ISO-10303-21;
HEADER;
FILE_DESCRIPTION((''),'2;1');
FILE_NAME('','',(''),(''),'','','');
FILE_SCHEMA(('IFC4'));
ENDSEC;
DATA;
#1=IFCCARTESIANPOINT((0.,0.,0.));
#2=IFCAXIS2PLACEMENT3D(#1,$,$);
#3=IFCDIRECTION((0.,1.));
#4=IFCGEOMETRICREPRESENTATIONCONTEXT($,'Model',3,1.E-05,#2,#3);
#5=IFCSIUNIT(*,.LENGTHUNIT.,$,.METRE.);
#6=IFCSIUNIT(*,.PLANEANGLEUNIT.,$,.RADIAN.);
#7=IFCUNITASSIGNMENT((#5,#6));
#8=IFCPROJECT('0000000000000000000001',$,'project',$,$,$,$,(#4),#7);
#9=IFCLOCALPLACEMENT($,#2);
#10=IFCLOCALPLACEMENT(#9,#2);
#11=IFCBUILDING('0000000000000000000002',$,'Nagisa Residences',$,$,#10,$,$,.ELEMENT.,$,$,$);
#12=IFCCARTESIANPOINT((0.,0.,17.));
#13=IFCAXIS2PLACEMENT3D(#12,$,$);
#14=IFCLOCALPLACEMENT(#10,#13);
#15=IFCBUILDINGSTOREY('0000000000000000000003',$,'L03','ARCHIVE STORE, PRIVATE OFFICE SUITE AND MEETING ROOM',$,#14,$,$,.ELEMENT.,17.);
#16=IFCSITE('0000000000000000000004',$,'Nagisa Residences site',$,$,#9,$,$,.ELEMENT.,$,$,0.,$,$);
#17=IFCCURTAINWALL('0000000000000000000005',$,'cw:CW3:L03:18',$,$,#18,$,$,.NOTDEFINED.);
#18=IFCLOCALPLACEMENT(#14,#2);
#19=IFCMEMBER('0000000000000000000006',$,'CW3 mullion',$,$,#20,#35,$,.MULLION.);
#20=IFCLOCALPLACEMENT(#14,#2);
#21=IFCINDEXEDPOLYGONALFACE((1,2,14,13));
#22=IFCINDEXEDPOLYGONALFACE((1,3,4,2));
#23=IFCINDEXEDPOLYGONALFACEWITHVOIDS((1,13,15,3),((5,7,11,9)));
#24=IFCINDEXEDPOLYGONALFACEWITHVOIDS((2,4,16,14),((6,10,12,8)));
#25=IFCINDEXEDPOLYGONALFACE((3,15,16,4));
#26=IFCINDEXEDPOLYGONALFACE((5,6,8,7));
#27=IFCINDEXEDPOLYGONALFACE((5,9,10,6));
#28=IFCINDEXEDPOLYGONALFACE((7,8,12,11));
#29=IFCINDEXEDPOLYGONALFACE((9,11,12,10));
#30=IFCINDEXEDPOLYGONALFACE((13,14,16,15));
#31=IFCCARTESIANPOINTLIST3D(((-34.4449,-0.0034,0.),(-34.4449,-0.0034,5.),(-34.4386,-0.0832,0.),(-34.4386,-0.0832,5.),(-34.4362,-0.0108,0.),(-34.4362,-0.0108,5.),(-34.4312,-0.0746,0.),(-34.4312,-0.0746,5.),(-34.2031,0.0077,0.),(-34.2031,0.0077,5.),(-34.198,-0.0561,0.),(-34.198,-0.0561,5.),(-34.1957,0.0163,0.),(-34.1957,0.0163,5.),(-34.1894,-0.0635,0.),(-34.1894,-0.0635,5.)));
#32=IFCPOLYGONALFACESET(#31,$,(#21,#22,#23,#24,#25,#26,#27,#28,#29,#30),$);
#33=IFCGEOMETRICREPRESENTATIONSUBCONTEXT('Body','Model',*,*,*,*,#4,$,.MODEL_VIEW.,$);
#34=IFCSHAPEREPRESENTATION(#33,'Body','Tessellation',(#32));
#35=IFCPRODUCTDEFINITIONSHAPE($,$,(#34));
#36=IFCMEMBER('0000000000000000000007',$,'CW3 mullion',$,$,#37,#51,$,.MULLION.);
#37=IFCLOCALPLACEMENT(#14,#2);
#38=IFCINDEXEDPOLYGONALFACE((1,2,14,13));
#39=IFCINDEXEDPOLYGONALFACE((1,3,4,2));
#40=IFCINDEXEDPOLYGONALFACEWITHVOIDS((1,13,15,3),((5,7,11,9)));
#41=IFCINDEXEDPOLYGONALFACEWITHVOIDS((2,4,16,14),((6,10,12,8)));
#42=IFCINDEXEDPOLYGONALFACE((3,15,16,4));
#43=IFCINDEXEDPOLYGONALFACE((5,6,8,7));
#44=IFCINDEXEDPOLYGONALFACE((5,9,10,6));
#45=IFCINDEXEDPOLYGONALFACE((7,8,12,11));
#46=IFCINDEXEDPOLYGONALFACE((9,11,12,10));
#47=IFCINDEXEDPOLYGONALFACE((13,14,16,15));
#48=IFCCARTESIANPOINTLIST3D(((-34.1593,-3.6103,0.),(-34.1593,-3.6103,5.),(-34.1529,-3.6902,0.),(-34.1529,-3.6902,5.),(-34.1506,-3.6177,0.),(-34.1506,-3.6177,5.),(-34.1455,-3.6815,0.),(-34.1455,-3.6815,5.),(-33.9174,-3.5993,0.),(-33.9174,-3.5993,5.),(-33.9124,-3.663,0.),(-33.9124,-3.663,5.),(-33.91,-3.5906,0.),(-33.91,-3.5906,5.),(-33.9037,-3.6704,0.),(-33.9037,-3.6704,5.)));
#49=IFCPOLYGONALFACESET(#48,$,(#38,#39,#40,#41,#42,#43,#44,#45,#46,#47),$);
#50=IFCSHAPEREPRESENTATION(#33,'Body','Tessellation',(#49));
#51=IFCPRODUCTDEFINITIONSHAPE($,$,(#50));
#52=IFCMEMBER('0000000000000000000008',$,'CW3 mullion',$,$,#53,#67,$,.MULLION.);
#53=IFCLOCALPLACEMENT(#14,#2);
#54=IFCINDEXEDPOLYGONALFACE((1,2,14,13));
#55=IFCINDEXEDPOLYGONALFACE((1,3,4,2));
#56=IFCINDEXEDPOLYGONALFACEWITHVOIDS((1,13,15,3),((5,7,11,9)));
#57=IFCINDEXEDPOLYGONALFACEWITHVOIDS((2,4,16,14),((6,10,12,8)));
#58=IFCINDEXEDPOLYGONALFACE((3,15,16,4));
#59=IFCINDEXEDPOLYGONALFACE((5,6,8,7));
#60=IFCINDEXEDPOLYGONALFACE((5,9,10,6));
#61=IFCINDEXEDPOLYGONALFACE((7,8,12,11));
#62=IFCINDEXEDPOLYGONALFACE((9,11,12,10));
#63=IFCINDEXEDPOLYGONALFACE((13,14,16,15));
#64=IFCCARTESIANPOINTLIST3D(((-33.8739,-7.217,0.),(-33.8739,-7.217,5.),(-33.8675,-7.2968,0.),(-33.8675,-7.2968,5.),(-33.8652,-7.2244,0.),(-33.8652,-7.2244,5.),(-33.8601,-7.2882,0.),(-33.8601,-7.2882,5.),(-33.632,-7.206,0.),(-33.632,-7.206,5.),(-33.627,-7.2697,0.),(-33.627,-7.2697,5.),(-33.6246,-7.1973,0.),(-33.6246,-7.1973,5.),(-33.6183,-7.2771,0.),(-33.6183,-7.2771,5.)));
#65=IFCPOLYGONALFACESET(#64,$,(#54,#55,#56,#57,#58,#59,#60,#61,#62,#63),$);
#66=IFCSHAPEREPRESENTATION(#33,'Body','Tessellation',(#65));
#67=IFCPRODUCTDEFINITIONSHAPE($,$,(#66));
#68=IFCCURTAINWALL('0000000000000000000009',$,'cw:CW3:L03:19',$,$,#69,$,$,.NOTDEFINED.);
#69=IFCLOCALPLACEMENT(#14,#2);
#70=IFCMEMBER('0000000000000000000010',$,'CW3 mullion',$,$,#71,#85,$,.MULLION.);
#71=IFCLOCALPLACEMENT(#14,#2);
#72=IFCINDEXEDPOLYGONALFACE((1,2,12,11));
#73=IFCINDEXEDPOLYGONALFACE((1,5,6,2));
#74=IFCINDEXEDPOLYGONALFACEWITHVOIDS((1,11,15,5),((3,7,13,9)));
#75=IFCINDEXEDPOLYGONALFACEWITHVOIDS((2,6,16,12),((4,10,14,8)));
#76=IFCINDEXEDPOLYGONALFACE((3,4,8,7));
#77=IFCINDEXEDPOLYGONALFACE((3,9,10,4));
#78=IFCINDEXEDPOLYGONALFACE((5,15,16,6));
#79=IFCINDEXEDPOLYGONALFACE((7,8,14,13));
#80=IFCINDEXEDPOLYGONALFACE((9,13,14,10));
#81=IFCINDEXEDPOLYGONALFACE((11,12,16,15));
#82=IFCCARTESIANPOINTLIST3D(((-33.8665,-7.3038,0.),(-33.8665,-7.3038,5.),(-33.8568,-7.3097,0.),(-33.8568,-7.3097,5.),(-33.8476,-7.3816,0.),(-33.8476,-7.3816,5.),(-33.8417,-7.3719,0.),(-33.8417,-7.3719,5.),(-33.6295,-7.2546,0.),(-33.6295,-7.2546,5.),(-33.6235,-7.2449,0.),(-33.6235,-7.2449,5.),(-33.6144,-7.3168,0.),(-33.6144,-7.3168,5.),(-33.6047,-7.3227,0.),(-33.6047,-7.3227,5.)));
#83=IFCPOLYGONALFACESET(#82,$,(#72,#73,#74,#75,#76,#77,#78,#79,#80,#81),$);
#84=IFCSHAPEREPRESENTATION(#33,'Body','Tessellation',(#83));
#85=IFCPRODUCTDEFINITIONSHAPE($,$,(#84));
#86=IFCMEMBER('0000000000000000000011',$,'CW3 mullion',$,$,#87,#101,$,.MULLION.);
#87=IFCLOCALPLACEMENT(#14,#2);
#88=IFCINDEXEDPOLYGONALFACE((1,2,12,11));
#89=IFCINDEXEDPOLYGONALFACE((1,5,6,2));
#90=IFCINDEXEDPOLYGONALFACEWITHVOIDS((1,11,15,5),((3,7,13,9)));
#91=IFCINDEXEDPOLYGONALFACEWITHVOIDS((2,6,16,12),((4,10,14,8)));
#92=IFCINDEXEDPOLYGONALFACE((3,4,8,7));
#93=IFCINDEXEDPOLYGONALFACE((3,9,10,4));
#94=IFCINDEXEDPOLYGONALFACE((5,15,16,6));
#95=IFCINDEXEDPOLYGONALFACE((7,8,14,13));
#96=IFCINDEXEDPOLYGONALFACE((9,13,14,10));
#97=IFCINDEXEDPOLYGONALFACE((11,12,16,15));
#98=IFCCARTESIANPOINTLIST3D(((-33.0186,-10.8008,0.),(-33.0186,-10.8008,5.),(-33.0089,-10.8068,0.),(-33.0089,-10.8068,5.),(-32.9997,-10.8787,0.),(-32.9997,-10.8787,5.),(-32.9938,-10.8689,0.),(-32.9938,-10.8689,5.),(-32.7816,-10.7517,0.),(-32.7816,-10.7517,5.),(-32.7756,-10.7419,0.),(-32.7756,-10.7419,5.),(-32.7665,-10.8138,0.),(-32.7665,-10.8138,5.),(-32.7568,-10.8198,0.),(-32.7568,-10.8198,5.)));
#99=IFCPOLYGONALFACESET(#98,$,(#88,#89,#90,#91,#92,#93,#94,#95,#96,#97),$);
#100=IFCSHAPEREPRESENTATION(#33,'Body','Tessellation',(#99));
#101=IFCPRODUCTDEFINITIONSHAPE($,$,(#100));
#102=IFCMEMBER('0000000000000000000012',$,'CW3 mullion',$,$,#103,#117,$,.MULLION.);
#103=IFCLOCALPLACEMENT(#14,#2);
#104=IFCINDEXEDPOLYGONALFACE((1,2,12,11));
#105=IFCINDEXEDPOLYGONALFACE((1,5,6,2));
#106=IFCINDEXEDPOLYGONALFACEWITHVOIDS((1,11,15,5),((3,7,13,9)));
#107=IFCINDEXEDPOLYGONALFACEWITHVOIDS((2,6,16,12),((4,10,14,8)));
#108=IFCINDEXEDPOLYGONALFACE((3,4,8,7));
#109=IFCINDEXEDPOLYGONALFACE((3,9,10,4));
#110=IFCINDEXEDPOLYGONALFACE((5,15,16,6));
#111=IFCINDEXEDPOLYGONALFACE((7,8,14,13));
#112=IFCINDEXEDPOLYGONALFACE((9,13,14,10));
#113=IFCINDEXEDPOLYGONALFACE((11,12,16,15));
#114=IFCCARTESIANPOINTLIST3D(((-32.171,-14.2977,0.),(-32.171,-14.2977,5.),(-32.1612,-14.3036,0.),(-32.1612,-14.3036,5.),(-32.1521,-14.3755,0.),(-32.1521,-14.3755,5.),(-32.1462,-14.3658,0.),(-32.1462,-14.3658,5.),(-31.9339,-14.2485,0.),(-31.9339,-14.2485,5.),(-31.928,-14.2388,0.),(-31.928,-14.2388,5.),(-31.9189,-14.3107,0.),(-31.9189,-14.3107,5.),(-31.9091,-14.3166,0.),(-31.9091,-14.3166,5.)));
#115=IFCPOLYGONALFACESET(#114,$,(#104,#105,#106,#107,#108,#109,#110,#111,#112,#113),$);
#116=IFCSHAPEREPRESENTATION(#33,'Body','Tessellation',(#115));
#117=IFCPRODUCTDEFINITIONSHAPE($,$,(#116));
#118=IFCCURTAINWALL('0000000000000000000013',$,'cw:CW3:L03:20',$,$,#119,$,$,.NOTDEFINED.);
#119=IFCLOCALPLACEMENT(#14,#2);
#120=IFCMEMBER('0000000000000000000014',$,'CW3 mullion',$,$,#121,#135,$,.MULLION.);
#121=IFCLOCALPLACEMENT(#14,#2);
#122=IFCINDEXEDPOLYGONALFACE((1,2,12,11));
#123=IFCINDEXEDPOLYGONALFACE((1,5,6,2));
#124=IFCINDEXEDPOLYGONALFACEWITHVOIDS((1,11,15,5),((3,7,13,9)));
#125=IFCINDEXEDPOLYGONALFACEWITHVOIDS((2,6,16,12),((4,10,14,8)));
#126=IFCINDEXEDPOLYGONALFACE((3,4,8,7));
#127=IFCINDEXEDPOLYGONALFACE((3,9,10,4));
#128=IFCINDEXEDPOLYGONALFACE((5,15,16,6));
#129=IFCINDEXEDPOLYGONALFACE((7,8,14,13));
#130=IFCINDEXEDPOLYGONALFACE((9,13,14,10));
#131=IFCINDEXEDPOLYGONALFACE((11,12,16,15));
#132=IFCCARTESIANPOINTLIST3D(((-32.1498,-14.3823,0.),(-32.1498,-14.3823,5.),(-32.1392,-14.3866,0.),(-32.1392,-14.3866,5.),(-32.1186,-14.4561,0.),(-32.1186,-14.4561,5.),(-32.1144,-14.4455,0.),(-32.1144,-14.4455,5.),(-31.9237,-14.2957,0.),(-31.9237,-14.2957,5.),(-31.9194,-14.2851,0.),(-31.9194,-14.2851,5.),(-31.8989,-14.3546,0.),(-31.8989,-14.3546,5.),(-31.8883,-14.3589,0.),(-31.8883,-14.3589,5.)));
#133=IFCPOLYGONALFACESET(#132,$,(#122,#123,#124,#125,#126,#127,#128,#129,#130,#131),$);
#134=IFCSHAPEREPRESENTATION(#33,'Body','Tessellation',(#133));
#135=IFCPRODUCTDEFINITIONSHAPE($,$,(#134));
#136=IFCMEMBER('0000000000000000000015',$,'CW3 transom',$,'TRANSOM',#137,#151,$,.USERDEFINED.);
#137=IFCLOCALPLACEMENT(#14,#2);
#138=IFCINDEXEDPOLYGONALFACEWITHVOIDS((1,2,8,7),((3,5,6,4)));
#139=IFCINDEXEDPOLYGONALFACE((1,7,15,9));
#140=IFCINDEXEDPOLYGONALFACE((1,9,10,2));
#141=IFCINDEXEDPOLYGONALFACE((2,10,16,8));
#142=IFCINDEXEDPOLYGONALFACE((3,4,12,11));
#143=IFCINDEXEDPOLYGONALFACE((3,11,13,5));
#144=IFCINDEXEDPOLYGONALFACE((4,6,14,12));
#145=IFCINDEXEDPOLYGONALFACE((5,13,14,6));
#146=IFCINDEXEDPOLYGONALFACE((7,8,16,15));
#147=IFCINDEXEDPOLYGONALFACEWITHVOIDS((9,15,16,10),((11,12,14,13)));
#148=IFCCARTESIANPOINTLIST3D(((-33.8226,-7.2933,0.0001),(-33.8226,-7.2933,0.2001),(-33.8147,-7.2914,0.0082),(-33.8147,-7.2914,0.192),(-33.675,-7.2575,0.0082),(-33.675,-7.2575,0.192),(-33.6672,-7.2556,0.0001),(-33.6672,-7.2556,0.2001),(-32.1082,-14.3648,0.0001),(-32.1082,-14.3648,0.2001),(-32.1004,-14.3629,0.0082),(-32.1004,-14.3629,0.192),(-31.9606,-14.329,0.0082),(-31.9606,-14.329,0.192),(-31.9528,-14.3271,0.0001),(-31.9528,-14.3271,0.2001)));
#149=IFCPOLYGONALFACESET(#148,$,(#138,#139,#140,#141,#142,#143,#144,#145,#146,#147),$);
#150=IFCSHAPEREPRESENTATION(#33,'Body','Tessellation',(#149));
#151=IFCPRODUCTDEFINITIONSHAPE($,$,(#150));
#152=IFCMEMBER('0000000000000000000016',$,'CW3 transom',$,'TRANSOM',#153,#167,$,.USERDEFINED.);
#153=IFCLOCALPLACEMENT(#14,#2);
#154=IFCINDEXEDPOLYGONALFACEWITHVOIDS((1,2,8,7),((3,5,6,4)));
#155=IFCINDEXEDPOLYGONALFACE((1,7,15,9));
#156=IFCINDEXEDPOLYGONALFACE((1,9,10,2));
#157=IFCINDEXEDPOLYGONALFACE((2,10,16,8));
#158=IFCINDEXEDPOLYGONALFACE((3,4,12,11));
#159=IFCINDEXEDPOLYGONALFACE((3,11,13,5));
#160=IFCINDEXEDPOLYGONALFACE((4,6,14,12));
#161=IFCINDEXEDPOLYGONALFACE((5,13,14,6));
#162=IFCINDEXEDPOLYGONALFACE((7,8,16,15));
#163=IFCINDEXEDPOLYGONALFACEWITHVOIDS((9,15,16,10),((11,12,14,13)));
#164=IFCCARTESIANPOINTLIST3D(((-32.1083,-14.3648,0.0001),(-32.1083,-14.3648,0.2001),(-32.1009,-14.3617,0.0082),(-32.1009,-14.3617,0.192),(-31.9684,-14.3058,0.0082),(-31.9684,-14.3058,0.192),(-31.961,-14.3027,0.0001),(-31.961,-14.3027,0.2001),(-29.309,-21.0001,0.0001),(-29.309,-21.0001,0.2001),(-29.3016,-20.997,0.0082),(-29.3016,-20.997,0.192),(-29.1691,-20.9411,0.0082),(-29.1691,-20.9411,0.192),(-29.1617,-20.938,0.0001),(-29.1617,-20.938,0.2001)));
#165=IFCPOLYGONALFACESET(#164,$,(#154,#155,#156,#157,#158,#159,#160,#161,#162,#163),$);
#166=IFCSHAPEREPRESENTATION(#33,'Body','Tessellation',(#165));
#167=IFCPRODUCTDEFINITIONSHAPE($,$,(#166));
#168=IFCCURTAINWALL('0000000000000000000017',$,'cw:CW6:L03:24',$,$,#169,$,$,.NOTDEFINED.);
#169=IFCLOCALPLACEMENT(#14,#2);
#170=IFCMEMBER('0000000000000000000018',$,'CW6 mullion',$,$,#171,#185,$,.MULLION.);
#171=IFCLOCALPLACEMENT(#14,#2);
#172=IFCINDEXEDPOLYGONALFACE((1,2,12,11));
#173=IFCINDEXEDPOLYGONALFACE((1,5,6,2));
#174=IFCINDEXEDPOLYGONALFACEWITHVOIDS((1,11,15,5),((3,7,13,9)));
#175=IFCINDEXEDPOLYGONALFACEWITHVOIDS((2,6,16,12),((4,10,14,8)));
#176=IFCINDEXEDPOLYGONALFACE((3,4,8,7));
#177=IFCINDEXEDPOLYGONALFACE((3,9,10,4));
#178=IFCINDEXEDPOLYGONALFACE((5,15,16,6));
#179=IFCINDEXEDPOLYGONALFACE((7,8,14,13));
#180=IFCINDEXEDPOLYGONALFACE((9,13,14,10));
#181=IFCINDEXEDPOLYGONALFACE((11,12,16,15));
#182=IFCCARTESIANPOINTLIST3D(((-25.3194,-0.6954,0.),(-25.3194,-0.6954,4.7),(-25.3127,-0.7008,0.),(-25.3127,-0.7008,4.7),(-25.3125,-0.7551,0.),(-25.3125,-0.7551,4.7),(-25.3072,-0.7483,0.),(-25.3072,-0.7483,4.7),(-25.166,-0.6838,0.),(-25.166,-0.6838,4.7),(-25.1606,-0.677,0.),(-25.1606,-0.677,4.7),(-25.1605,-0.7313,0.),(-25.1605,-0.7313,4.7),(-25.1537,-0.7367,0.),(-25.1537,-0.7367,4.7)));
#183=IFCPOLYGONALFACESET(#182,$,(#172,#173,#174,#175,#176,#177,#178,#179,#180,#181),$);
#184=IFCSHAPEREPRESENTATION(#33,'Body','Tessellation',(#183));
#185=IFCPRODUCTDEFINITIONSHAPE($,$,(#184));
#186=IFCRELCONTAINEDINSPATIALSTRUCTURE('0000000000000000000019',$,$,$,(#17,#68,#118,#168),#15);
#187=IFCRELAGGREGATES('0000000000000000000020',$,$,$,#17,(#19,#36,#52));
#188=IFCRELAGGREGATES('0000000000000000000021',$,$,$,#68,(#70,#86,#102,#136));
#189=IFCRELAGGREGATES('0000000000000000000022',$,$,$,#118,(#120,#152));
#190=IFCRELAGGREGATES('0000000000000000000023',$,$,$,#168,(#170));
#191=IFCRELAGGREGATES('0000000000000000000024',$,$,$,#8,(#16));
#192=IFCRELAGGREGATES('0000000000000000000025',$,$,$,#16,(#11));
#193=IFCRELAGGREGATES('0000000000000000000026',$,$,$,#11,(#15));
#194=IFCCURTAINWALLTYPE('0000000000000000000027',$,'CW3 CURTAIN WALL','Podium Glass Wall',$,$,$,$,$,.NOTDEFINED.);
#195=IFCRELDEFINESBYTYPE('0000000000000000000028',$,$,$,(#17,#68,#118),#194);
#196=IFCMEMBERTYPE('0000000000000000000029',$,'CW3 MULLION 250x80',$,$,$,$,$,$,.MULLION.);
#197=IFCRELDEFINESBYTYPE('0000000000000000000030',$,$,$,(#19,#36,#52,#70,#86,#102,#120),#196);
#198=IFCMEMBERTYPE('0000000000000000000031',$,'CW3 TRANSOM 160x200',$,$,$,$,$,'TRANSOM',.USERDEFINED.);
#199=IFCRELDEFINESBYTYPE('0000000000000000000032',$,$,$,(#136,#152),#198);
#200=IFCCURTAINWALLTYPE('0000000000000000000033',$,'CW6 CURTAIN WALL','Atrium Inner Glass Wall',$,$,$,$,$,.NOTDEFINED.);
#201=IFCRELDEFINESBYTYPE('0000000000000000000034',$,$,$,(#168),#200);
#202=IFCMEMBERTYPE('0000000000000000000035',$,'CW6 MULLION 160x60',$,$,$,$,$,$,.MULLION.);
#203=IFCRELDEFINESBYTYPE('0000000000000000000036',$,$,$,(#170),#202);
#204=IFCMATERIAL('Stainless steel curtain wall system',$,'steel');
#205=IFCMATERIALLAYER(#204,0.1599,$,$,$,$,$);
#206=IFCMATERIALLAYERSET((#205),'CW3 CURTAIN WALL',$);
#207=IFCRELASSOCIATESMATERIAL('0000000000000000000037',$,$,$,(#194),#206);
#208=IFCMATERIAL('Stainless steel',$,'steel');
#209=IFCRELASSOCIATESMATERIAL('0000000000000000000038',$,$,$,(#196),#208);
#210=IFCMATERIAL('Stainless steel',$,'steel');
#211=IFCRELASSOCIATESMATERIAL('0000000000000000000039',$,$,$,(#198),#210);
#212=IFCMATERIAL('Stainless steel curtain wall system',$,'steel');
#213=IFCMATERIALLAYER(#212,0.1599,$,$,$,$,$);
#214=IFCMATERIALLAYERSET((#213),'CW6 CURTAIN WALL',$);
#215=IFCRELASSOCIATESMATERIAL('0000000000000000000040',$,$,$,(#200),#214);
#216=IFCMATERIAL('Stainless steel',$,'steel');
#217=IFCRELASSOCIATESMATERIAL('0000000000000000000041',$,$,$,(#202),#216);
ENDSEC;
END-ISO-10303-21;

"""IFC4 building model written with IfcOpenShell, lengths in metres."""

from ifc_helpers import new_model, si_unit, direction, frame, origin, origin_2d, place, context, subcontext, project, spatial, hollow_rectangle, extrude, material, layer, layer_set, material_profile, profile_set, type_object, element, aggregate, save


model = new_model("IFC4")

# Units and contexts
model_context = context("Model", 3, precision=1e-05, world=origin(), true_north=direction((0.0, 1.0)))
body_context = subcontext(model_context, "Body", "Model", "MODEL_VIEW")
ifc_project = project(units=[si_unit("LENGTHUNIT", "METRE"), si_unit("PLANEANGLEUNIT", "RADIAN")], contexts=[model_context])

# Site, building, storey
site_placement = place(None, origin())
site = spatial("IfcSite", under=ifc_project, at=site_placement, Name="Nagisa Residences site", CompositionType="ELEMENT", RefElevation=0.0)
building_placement = place(site_placement, origin())
building = spatial("IfcBuilding", under=site, at=building_placement, Name="Nagisa Residences", CompositionType="ELEMENT")
storey_placement = place(building_placement, frame((0.0, 0.0, 17.0)))
storey = spatial("IfcBuildingStorey", under=building, at=storey_placement, Name="L03", Description="ARCHIVE STORE, PRIVATE OFFICE SUITE AND MEETING ROOM", CompositionType="ELEMENT", Elevation=17.0)

# Curtain walls, members
ifc_material_1 = material(Name="Stainless steel curtain wall system", Category="steel")
ifc_layer_1 = layer(ifc_material_1, 0.1599)
ifc_layer_set_1 = layer_set([ifc_layer_1], Name="CW3 CURTAIN WALL")
curtain_wall_type_1 = type_object("IfcCurtainWallType", Name="CW3 CURTAIN WALL", Description="Podium Glass Wall", PredefinedType="NOTDEFINED", material=ifc_layer_set_1)
curtain_wall_1_placement = place(storey_placement, origin())
curtain_wall_1 = element("IfcCurtainWall", 1, at=curtain_wall_1_placement, inside=storey, type_object=curtain_wall_type_1, Name="cw:CW3:L03:18", PredefinedType="NOTDEFINED")
ifc_material_2 = material(Name="Stainless steel", Category="steel")
ifc_material_profile_1 = material_profile(ifc_material_2, hollow_rectangle(XDim=0.25, YDim=0.0801, WallThickness=0.0081, at=origin_2d()), Name="CW3 MULLION 250x80")
ifc_profile_set_1 = profile_set([ifc_material_profile_1], Name="Stainless steel")
member_type_1 = type_object("IfcMemberType", Name="CW3 MULLION 250x80", PredefinedType="MULLION", material=ifc_profile_set_1)
member_1_placement = place(storey_placement, frame((-34.3171, -0.0334, 0.0), z_axis=(0.0, 0.0, 1.0), x_axis=(0.996882, 0.07891, 0.0)))
member_1 = element("IfcMember", 2, at=member_1_placement, type_object=member_type_1, Name="CW3 mullion", PredefinedType="MULLION", context=body_context, shape_type="SweptSolid", body=[
    extrude(hollow_rectangle(XDim=0.25, YDim=0.0801, WallThickness=0.0081, at=origin_2d()), origin(), (0.0, 0.0, 1.0), 5.0),
])
member_2_placement = place(storey_placement, frame((-34.0315, -3.6404, 0.0), z_axis=(0.0, 0.0, 1.0), x_axis=(0.996882, 0.07891, 0.0)))
member_2 = element("IfcMember", 3, at=member_2_placement, type_object=member_type_1, Name="CW3 mullion", PredefinedType="MULLION", context=body_context, shape_type="SweptSolid", body=[
    extrude(hollow_rectangle(XDim=0.25, YDim=0.0801, WallThickness=0.0081, at=origin_2d()), origin(), (0.0, 0.0, 1.0), 5.0),
])
member_3_placement = place(storey_placement, frame((-33.7461, -7.2471, 0.0), z_axis=(0.0, 0.0, 1.0), x_axis=(0.996882, 0.07891, 0.0)))
member_3 = element("IfcMember", 4, at=member_3_placement, type_object=member_type_1, Name="CW3 mullion", PredefinedType="MULLION", context=body_context, shape_type="SweptSolid", body=[
    extrude(hollow_rectangle(XDim=0.25, YDim=0.0801, WallThickness=0.0081, at=origin_2d()), origin(), (0.0, 0.0, 1.0), 5.0),
])
curtain_wall_2_placement = place(storey_placement, origin())
curtain_wall_2 = element("IfcCurtainWall", 5, at=curtain_wall_2_placement, inside=storey, type_object=curtain_wall_type_1, Name="cw:CW3:L03:19", PredefinedType="NOTDEFINED")
member_4_placement = place(storey_placement, frame((-33.7356, -7.3132, 0.0), z_axis=(0.0, 0.0, 1.0), x_axis=(0.971849, 0.235606, 0.0)))
member_4 = element("IfcMember", 6, at=member_4_placement, type_object=member_type_1, Name="CW3 mullion", PredefinedType="MULLION", context=body_context, shape_type="SweptSolid", body=[
    extrude(hollow_rectangle(XDim=0.25, YDim=0.0801, WallThickness=0.0081, at=origin_2d()), origin(), (0.0, 0.0, 1.0), 5.0),
])
member_5_placement = place(storey_placement, frame((-32.8877, -10.8103, 0.0), z_axis=(0.0, 0.0, 1.0), x_axis=(0.971849, 0.235606, 0.0)))
member_5 = element("IfcMember", 7, at=member_5_placement, type_object=member_type_1, Name="CW3 mullion", PredefinedType="MULLION", context=body_context, shape_type="SweptSolid", body=[
    extrude(hollow_rectangle(XDim=0.25, YDim=0.0801, WallThickness=0.0081, at=origin_2d()), origin(), (0.0, 0.0, 1.0), 5.0),
])
member_6_placement = place(storey_placement, frame((-32.04, -14.3071, 0.0), z_axis=(0.0, 0.0, 1.0), x_axis=(0.971849, 0.235606, 0.0)))
member_6 = element("IfcMember", 8, at=member_6_placement, type_object=member_type_1, Name="CW3 mullion", PredefinedType="MULLION", context=body_context, shape_type="SweptSolid", body=[
    extrude(hollow_rectangle(XDim=0.25, YDim=0.0801, WallThickness=0.0081, at=origin_2d()), origin(), (0.0, 0.0, 1.0), 5.0),
])

# Curtain wall, member
curtain_wall_3_placement = place(storey_placement, origin())
curtain_wall_3 = element("IfcCurtainWall", 9, at=curtain_wall_3_placement, inside=storey, type_object=curtain_wall_type_1, Name="cw:CW3:L03:20", PredefinedType="NOTDEFINED")
member_7_placement = place(storey_placement, frame((-32.019, -14.3706, 0.0), z_axis=(0.0, 0.0, 1.0), x_axis=(0.921357, 0.388718, 0.0)))
member_7 = element("IfcMember", 10, at=member_7_placement, type_object=member_type_1, Name="CW3 mullion", PredefinedType="MULLION", context=body_context, shape_type="SweptSolid", body=[
    extrude(hollow_rectangle(XDim=0.25, YDim=0.0801, WallThickness=0.0081, at=origin_2d()), origin(), (0.0, 0.0, 1.0), 5.0),
])

# Members
ifc_material_3 = material(Name="Stainless steel", Category="steel")
ifc_material_profile_2 = material_profile(ifc_material_3, hollow_rectangle(XDim=0.1599, YDim=0.2, WallThickness=0.0081, at=origin_2d()), Name="CW3 TRANSOM 160x200")
ifc_profile_set_2 = profile_set([ifc_material_profile_2], Name="Stainless steel")
member_type_2 = type_object("IfcMemberType", Name="CW3 TRANSOM 160x200", ElementType="TRANSOM", PredefinedType="USERDEFINED", material=ifc_profile_set_2)
member_8_placement = place(storey_placement, frame((-33.7449, -7.2744, 0.1001), z_axis=(0.235606, -0.971849, 0.0), x_axis=(0.971849, 0.235606, 0.0)))
member_8 = element("IfcMember", 11, at=member_8_placement, type_object=member_type_2, Name="CW3 transom", ObjectType="TRANSOM", PredefinedType="USERDEFINED", context=body_context, shape_type="SweptSolid", body=[
    extrude(hollow_rectangle(XDim=0.1599, YDim=0.2, WallThickness=0.0081, at=origin_2d()), origin(), (0.0, 0.0, 1.0), 7.2764),
])
member_9_placement = place(storey_placement, frame((-32.0347, -14.3337, 0.1001), z_axis=(0.388709, -0.921361, 0.0), x_axis=(0.921361, 0.388709, 0.0)))
member_9 = element("IfcMember", 12, at=member_9_placement, type_object=member_type_2, Name="CW3 transom", ObjectType="TRANSOM", PredefinedType="USERDEFINED", context=body_context, shape_type="SweptSolid", body=[
    extrude(hollow_rectangle(XDim=0.1599, YDim=0.2, WallThickness=0.0081, at=origin_2d()), origin(), (0.0, 0.0, 1.0), 7.2017),
])

# Curtain wall, member
ifc_material_4 = material(Name="Stainless steel curtain wall system", Category="steel")
ifc_layer_2 = layer(ifc_material_4, 0.1599)
ifc_layer_set_2 = layer_set([ifc_layer_2], Name="CW6 CURTAIN WALL")
curtain_wall_type_2 = type_object("IfcCurtainWallType", Name="CW6 CURTAIN WALL", Description="Atrium Inner Glass Wall", PredefinedType="NOTDEFINED", material=ifc_layer_set_2)
curtain_wall_4_placement = place(storey_placement, origin())
curtain_wall_4 = element("IfcCurtainWall", 13, at=curtain_wall_4_placement, inside=storey, type_object=curtain_wall_type_2, Name="cw:CW6:L03:24", PredefinedType="NOTDEFINED")
ifc_material_5 = material(Name="Stainless steel", Category="steel")
ifc_material_profile_3 = material_profile(ifc_material_5, hollow_rectangle(XDim=0.1599, YDim=0.0601, WallThickness=0.0061, at=origin_2d()), Name="CW6 MULLION 160x60")
ifc_profile_set_3 = profile_set([ifc_material_profile_3], Name="Stainless steel")
member_type_3 = type_object("IfcMemberType", Name="CW6 MULLION 160x60", PredefinedType="MULLION", material=ifc_profile_set_3)
member_10_placement = place(storey_placement, frame((-25.2366, -0.7161, 0.0), z_axis=(0.0, 0.0, 1.0), x_axis=(0.993374, 0.114928, 0.0)))
member_10 = element("IfcMember", 14, at=member_10_placement, type_object=member_type_3, Name="CW6 mullion", PredefinedType="MULLION", context=body_context, shape_type="SweptSolid", body=[
    extrude(hollow_rectangle(XDim=0.1599, YDim=0.0601, WallThickness=0.0061, at=origin_2d()), origin(), (0.0, 0.0, 1.0), 4.7),
])

aggregate(curtain_wall_1, [member_1, member_2, member_3])
aggregate(curtain_wall_2, [member_4, member_5, member_6, member_8])
aggregate(curtain_wall_3, [member_7, member_9])
aggregate(curtain_wall_4, [member_10])

save(model, "model.ifc")
